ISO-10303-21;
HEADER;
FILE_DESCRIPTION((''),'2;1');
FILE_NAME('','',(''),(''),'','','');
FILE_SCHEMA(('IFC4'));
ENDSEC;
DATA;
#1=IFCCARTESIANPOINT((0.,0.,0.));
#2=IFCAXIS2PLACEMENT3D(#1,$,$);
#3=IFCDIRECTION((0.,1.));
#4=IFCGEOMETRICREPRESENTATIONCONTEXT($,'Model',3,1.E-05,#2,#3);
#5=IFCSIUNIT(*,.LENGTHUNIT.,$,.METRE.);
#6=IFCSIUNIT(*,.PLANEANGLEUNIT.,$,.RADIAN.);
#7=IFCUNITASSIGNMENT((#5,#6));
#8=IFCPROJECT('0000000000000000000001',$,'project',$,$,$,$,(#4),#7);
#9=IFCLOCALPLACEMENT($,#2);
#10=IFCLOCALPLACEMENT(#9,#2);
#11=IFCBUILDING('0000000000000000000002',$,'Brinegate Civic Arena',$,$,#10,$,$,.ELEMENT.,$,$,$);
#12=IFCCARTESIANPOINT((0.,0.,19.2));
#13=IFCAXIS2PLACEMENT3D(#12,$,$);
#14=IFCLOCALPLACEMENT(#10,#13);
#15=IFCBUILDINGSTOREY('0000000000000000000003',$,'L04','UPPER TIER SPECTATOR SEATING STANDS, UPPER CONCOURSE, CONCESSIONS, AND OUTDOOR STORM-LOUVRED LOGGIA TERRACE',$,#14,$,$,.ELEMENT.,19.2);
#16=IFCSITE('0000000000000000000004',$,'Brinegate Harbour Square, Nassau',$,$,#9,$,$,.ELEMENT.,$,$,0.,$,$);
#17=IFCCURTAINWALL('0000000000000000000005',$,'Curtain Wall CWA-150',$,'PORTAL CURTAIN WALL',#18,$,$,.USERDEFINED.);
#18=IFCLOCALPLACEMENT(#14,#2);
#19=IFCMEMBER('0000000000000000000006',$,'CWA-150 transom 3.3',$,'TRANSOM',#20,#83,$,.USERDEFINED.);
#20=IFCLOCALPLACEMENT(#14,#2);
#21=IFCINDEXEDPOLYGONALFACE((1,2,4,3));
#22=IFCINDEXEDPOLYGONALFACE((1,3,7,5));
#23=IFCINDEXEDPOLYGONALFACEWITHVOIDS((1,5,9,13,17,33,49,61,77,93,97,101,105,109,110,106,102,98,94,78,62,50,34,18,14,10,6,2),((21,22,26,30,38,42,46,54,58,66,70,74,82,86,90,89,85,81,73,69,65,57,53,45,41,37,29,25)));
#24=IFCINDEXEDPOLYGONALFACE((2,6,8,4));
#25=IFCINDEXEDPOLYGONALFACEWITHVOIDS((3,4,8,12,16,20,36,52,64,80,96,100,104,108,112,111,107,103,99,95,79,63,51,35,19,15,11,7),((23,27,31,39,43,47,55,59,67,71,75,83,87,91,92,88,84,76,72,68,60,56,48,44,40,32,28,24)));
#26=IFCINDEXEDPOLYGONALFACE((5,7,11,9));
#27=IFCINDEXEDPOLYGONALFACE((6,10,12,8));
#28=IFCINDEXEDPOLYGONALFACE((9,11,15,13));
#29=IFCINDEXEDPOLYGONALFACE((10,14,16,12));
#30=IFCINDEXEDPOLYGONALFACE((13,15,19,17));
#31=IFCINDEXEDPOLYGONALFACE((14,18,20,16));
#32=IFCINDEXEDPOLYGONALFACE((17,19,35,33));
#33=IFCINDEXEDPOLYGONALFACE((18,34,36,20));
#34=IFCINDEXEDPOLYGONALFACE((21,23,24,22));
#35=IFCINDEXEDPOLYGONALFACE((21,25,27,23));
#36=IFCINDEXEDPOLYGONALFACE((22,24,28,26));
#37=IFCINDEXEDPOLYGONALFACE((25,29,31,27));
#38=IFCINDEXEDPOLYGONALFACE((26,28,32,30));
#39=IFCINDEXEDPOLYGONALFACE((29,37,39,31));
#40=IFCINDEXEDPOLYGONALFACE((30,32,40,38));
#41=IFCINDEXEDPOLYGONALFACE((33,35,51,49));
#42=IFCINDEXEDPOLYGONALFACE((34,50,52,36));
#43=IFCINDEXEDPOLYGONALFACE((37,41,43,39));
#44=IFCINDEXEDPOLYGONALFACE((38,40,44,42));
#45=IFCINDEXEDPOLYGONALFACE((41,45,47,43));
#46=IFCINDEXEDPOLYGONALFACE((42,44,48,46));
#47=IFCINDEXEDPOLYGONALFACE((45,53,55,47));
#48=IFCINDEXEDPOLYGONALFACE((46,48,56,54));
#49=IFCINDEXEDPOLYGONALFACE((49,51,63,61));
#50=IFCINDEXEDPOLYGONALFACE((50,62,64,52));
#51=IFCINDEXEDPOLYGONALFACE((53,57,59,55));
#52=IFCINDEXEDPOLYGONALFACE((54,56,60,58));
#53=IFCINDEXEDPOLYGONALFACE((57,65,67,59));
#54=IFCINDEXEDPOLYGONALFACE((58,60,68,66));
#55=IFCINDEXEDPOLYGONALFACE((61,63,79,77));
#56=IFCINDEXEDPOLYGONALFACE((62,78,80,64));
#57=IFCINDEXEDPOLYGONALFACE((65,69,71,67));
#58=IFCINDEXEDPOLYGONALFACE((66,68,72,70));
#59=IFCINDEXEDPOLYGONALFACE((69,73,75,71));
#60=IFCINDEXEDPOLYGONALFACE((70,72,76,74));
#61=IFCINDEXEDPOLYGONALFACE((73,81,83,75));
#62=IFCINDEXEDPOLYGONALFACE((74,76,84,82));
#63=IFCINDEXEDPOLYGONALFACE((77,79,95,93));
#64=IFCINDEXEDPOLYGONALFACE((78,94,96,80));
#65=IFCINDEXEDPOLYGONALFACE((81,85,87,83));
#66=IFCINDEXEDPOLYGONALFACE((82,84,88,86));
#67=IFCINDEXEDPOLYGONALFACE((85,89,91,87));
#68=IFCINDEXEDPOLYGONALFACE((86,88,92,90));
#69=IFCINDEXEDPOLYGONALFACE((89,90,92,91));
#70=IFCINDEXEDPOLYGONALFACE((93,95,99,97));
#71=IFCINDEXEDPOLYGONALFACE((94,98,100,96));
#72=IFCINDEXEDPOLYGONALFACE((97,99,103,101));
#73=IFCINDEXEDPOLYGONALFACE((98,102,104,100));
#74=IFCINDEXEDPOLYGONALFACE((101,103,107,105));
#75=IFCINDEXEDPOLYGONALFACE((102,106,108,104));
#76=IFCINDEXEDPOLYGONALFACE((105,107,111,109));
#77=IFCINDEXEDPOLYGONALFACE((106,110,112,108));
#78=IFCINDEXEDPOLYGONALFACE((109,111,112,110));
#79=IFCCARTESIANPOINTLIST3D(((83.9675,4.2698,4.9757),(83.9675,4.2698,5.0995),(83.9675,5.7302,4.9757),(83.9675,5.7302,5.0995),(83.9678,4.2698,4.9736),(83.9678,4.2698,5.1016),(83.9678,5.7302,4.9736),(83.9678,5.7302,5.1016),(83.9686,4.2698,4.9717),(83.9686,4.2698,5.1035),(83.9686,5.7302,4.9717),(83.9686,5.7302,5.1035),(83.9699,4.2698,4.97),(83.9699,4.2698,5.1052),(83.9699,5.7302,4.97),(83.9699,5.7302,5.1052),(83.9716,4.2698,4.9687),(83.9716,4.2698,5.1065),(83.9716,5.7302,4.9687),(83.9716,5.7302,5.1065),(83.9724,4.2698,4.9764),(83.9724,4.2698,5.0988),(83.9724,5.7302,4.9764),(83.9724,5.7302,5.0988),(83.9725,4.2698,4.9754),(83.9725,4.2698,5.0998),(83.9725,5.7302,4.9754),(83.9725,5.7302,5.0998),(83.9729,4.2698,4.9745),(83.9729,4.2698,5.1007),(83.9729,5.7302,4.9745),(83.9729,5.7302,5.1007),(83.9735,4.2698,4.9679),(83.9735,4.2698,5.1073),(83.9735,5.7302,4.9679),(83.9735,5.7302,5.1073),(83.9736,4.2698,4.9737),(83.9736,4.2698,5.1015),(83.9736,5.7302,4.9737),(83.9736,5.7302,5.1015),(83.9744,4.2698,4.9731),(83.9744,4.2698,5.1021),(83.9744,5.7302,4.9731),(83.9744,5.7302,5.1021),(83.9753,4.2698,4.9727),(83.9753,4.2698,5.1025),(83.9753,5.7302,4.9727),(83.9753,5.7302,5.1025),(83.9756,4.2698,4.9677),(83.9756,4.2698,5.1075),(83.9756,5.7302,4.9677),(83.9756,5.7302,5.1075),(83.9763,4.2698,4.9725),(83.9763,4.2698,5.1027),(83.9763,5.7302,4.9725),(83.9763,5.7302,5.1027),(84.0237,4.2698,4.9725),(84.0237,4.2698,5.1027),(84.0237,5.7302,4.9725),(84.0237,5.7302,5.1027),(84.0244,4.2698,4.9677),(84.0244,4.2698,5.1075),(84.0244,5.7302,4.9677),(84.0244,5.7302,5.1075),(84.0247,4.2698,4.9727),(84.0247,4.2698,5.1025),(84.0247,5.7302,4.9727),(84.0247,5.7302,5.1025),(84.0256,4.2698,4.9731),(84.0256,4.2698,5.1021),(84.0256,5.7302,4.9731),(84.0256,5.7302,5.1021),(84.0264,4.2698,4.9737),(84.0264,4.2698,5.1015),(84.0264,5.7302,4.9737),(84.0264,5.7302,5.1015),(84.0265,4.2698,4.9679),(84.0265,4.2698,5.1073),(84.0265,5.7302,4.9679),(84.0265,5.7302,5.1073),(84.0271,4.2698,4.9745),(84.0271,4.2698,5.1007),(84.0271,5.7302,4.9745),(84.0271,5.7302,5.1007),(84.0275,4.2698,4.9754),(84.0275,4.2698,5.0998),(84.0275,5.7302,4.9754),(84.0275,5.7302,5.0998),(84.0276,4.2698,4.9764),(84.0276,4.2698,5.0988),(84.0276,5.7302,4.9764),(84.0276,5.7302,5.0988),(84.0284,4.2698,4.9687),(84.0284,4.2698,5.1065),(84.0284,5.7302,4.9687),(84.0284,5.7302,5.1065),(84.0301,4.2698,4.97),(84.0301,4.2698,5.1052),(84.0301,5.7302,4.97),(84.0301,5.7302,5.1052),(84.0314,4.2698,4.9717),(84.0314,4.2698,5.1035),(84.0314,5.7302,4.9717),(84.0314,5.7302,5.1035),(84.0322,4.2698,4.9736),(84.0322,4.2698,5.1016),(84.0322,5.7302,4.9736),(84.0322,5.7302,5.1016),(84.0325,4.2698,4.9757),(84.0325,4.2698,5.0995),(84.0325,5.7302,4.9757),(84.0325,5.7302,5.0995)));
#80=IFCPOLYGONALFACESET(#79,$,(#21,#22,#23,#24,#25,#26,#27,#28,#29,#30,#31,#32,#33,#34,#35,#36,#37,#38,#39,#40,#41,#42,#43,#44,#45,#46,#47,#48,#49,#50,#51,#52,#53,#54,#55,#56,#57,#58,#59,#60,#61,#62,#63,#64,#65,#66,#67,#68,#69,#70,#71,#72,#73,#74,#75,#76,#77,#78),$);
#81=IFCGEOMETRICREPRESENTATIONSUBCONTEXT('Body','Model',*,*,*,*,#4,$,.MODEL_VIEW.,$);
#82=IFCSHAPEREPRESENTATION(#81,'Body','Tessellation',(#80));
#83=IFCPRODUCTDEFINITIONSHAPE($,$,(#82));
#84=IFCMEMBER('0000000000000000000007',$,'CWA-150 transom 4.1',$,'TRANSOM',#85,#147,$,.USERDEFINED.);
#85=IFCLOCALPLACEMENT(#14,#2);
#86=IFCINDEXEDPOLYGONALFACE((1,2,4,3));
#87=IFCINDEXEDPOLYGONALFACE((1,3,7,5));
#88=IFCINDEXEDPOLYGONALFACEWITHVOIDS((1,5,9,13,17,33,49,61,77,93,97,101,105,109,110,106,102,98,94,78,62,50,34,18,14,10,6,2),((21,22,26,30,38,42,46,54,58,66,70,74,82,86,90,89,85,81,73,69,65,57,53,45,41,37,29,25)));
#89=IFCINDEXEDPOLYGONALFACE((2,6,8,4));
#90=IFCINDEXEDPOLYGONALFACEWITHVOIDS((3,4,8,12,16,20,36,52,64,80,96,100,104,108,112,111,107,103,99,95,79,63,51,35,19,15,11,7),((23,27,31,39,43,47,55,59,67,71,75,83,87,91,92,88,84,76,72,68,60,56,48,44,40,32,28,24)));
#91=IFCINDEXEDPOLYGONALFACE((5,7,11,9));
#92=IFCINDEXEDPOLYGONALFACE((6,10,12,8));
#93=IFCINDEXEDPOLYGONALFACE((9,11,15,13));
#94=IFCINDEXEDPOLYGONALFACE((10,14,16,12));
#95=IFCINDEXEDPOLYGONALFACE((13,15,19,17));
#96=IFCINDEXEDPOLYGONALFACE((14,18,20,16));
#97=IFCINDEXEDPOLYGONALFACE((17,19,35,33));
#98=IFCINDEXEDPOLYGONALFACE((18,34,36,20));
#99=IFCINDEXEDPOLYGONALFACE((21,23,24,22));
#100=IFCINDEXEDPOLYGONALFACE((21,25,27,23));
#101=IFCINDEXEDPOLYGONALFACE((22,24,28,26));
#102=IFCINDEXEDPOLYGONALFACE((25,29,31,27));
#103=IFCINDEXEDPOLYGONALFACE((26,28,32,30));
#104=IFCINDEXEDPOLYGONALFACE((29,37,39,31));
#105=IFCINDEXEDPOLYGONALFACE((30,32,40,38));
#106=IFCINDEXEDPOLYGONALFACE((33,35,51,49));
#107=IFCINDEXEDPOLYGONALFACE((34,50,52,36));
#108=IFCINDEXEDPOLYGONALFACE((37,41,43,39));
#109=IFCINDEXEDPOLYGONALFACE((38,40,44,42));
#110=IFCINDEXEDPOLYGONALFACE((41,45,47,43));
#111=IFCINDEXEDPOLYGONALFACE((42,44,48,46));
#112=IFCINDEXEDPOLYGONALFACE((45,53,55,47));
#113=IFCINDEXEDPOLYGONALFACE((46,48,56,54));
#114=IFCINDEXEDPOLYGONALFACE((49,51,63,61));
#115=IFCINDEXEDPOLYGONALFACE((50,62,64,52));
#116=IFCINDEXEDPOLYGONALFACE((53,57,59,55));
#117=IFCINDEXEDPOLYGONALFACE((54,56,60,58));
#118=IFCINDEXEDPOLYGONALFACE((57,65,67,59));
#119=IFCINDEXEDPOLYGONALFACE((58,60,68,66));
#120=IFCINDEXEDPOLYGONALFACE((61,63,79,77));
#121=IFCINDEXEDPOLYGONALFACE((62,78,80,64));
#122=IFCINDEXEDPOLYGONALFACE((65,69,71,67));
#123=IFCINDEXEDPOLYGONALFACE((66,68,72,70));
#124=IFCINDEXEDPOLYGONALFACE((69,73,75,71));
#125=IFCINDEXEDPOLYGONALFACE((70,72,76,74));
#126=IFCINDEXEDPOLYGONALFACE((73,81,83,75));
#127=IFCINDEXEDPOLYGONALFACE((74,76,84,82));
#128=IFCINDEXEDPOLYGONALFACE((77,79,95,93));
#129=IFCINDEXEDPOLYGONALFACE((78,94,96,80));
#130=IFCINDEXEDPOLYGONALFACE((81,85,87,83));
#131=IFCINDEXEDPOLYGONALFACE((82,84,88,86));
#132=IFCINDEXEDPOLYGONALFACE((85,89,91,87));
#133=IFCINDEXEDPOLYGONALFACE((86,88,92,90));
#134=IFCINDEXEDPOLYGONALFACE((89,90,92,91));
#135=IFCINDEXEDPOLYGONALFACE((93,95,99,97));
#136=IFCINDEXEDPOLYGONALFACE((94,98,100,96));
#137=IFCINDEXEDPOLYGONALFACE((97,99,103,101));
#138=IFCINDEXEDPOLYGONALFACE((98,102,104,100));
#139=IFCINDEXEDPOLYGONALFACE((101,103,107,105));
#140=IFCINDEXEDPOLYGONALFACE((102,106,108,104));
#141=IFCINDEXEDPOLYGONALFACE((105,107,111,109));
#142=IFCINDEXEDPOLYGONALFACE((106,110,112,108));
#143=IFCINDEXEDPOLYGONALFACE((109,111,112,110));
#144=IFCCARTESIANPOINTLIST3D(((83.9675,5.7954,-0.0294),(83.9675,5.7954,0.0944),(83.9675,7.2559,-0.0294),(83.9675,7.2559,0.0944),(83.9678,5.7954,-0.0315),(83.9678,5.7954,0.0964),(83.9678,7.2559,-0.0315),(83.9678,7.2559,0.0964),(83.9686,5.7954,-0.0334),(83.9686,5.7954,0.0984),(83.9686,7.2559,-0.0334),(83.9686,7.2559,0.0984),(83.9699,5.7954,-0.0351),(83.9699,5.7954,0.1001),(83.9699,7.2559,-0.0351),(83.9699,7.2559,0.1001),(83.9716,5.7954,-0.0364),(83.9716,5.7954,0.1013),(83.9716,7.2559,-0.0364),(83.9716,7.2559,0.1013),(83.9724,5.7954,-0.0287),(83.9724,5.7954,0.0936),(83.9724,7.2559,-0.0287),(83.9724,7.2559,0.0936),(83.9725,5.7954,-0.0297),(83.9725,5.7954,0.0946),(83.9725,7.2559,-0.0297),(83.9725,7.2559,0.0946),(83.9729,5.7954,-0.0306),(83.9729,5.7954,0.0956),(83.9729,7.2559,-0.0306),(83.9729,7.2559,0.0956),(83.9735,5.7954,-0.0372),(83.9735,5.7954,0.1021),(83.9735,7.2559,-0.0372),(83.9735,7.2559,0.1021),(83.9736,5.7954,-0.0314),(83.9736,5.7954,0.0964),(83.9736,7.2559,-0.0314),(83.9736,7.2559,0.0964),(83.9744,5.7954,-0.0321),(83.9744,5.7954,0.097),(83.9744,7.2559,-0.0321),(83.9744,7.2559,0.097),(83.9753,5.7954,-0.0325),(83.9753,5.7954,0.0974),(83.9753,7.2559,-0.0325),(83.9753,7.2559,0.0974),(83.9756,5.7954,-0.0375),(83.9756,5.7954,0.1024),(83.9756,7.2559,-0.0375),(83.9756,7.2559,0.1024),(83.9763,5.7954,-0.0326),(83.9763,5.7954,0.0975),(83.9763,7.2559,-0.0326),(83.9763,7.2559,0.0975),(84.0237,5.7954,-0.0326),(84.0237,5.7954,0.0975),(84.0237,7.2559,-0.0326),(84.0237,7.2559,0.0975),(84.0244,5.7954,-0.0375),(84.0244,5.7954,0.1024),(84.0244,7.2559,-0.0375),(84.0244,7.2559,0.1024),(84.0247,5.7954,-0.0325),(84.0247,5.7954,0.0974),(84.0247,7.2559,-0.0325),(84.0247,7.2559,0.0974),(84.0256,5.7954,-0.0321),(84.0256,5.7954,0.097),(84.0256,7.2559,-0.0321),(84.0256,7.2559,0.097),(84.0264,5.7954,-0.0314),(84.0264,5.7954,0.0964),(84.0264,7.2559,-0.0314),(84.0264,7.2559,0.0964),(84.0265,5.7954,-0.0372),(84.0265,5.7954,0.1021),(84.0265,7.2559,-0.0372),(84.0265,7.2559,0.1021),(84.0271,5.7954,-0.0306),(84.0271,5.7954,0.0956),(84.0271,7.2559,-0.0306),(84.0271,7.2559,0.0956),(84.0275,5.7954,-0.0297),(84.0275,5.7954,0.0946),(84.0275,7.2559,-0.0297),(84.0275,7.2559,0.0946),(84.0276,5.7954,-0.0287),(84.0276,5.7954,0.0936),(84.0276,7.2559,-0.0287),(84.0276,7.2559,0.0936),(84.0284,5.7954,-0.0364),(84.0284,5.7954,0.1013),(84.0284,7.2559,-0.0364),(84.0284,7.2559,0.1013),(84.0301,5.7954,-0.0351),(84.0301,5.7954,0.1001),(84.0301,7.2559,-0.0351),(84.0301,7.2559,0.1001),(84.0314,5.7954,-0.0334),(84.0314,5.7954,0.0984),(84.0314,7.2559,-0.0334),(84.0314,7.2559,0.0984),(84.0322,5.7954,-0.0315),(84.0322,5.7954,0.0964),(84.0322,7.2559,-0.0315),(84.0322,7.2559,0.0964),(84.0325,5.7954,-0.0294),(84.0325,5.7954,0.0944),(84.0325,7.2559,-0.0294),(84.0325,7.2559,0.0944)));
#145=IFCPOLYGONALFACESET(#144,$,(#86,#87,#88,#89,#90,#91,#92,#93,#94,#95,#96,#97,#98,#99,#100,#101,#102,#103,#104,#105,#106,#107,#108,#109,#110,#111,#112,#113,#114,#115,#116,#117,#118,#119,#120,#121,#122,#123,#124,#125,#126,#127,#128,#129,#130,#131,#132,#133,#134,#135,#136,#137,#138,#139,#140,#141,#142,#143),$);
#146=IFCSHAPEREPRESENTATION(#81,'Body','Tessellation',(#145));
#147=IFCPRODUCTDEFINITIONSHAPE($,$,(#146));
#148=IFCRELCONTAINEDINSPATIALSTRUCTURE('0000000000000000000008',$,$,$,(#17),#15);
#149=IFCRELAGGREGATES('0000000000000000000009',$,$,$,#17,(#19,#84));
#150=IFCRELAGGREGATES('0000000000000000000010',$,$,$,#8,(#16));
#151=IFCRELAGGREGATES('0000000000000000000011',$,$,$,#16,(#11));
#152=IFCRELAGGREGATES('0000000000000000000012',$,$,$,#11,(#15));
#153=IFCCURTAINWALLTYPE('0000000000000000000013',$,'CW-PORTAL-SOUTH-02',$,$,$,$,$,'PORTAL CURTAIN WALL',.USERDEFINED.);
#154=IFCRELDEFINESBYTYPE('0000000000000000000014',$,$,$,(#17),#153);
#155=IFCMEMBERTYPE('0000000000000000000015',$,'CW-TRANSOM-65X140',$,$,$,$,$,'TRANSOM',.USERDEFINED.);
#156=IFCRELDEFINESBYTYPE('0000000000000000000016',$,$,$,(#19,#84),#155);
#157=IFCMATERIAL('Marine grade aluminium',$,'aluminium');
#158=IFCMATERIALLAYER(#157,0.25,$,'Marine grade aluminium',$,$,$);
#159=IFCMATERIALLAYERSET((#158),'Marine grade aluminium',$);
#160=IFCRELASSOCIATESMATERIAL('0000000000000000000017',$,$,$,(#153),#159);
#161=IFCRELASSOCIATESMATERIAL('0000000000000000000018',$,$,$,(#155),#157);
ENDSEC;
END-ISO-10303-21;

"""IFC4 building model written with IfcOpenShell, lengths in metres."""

from ifc_helpers import new_model, si_unit, direction, frame, origin, origin_2d, place, context, subcontext, project, spatial, hollow_rectangle, extrude, material, layer, layer_set, material_profile, profile_set, type_object, element, aggregate, save


model = new_model("IFC4")

# Units and contexts
model_context = context("Model", 3, precision=1e-05, world=origin(), true_north=direction((0.0, 1.0)))
body_context = subcontext(model_context, "Body", "Model", "MODEL_VIEW")
ifc_project = project(units=[si_unit("LENGTHUNIT", "METRE"), si_unit("PLANEANGLEUNIT", "RADIAN")], contexts=[model_context])

# Site, building, storey
site_placement = place(None, origin())
site = spatial("IfcSite", under=ifc_project, at=site_placement, Name="Brinegate Harbour Square, Nassau", CompositionType="ELEMENT", RefElevation=0.0)
building_placement = place(site_placement, origin())
building = spatial("IfcBuilding", under=site, at=building_placement, Name="Brinegate Civic Arena", CompositionType="ELEMENT")
storey_placement = place(building_placement, frame((0.0, 0.0, 19.2)))
storey = spatial("IfcBuildingStorey", under=building, at=storey_placement, Name="L04", Description="UPPER TIER SPECTATOR SEATING STANDS, UPPER CONCOURSE, CONCESSIONS, AND OUTDOOR STORM-LOUVRED LOGGIA TERRACE", CompositionType="ELEMENT", Elevation=19.2)

# Curtain wall
ifc_material_1 = material(Name="Marine grade aluminium", Category="aluminium")
ifc_layer_1 = layer(ifc_material_1, 0.25, Name="Marine grade aluminium")
ifc_layer_set_1 = layer_set([ifc_layer_1], Name="Marine grade aluminium")
curtain_wall_type = type_object("IfcCurtainWallType", Name="CW-PORTAL-SOUTH-02", ElementType="PORTAL CURTAIN WALL", PredefinedType="USERDEFINED", material=ifc_layer_set_1)
curtain_wall_1_placement = place(storey_placement, origin())
curtain_wall_1 = element("IfcCurtainWall", 1, at=curtain_wall_1_placement, inside=storey, type_object=curtain_wall_type, Name="Curtain Wall CWA-150", ObjectType="PORTAL CURTAIN WALL", PredefinedType="USERDEFINED")
ifc_material_profile_1 = material_profile(ifc_material_1, hollow_rectangle(XDim=0.0649, YDim=0.1399, WallThickness=0.0049, InnerFilletRadius=0.0039, OuterFilletRadius=0.0081, at=origin_2d()), Name="TRN65X140")
ifc_profile_set_1 = profile_set([ifc_material_profile_1], Name="Marine grade aluminium")
member_type_1 = type_object("IfcMemberType", Name="CW-TRANSOM-65X140", ElementType="TRANSOM", PredefinedType="USERDEFINED", material=ifc_profile_set_1)

# Members
member_1_placement = place(storey_placement, frame((84.0, 4.2698, 5.0376), z_axis=(0.0, 1.0, 0.0), x_axis=(-1.0, 0.0, 0.0)))
member_1 = element("IfcMember", 2, at=member_1_placement, type_object=member_type_1, Name="CWA-150 transom 3.3", ObjectType="TRANSOM", PredefinedType="USERDEFINED", context=body_context, shape_type="SweptSolid", body=[
    extrude(hollow_rectangle(XDim=0.0649, YDim=0.1399, WallThickness=0.0049, InnerFilletRadius=0.0039, OuterFilletRadius=0.0081, at=origin_2d()), origin(), (0.0, 0.0, 1.0), 1.4604),
])
member_2_placement = place(storey_placement, frame((84.0, 5.7954, 0.0325), z_axis=(0.0, 1.0, 0.0), x_axis=(-1.0, 0.0, 0.0)))
member_2 = element("IfcMember", 3, at=member_2_placement, type_object=member_type_1, Name="CWA-150 transom 4.1", ObjectType="TRANSOM", PredefinedType="USERDEFINED", context=body_context, shape_type="SweptSolid", body=[
    extrude(hollow_rectangle(XDim=0.0649, YDim=0.1399, WallThickness=0.0049, InnerFilletRadius=0.0039, OuterFilletRadius=0.0081, at=origin_2d()), origin(), (0.0, 0.0, 1.0), 1.4604),
])

aggregate(curtain_wall_1, [member_1, member_2])

save(model, "model.ifc")
